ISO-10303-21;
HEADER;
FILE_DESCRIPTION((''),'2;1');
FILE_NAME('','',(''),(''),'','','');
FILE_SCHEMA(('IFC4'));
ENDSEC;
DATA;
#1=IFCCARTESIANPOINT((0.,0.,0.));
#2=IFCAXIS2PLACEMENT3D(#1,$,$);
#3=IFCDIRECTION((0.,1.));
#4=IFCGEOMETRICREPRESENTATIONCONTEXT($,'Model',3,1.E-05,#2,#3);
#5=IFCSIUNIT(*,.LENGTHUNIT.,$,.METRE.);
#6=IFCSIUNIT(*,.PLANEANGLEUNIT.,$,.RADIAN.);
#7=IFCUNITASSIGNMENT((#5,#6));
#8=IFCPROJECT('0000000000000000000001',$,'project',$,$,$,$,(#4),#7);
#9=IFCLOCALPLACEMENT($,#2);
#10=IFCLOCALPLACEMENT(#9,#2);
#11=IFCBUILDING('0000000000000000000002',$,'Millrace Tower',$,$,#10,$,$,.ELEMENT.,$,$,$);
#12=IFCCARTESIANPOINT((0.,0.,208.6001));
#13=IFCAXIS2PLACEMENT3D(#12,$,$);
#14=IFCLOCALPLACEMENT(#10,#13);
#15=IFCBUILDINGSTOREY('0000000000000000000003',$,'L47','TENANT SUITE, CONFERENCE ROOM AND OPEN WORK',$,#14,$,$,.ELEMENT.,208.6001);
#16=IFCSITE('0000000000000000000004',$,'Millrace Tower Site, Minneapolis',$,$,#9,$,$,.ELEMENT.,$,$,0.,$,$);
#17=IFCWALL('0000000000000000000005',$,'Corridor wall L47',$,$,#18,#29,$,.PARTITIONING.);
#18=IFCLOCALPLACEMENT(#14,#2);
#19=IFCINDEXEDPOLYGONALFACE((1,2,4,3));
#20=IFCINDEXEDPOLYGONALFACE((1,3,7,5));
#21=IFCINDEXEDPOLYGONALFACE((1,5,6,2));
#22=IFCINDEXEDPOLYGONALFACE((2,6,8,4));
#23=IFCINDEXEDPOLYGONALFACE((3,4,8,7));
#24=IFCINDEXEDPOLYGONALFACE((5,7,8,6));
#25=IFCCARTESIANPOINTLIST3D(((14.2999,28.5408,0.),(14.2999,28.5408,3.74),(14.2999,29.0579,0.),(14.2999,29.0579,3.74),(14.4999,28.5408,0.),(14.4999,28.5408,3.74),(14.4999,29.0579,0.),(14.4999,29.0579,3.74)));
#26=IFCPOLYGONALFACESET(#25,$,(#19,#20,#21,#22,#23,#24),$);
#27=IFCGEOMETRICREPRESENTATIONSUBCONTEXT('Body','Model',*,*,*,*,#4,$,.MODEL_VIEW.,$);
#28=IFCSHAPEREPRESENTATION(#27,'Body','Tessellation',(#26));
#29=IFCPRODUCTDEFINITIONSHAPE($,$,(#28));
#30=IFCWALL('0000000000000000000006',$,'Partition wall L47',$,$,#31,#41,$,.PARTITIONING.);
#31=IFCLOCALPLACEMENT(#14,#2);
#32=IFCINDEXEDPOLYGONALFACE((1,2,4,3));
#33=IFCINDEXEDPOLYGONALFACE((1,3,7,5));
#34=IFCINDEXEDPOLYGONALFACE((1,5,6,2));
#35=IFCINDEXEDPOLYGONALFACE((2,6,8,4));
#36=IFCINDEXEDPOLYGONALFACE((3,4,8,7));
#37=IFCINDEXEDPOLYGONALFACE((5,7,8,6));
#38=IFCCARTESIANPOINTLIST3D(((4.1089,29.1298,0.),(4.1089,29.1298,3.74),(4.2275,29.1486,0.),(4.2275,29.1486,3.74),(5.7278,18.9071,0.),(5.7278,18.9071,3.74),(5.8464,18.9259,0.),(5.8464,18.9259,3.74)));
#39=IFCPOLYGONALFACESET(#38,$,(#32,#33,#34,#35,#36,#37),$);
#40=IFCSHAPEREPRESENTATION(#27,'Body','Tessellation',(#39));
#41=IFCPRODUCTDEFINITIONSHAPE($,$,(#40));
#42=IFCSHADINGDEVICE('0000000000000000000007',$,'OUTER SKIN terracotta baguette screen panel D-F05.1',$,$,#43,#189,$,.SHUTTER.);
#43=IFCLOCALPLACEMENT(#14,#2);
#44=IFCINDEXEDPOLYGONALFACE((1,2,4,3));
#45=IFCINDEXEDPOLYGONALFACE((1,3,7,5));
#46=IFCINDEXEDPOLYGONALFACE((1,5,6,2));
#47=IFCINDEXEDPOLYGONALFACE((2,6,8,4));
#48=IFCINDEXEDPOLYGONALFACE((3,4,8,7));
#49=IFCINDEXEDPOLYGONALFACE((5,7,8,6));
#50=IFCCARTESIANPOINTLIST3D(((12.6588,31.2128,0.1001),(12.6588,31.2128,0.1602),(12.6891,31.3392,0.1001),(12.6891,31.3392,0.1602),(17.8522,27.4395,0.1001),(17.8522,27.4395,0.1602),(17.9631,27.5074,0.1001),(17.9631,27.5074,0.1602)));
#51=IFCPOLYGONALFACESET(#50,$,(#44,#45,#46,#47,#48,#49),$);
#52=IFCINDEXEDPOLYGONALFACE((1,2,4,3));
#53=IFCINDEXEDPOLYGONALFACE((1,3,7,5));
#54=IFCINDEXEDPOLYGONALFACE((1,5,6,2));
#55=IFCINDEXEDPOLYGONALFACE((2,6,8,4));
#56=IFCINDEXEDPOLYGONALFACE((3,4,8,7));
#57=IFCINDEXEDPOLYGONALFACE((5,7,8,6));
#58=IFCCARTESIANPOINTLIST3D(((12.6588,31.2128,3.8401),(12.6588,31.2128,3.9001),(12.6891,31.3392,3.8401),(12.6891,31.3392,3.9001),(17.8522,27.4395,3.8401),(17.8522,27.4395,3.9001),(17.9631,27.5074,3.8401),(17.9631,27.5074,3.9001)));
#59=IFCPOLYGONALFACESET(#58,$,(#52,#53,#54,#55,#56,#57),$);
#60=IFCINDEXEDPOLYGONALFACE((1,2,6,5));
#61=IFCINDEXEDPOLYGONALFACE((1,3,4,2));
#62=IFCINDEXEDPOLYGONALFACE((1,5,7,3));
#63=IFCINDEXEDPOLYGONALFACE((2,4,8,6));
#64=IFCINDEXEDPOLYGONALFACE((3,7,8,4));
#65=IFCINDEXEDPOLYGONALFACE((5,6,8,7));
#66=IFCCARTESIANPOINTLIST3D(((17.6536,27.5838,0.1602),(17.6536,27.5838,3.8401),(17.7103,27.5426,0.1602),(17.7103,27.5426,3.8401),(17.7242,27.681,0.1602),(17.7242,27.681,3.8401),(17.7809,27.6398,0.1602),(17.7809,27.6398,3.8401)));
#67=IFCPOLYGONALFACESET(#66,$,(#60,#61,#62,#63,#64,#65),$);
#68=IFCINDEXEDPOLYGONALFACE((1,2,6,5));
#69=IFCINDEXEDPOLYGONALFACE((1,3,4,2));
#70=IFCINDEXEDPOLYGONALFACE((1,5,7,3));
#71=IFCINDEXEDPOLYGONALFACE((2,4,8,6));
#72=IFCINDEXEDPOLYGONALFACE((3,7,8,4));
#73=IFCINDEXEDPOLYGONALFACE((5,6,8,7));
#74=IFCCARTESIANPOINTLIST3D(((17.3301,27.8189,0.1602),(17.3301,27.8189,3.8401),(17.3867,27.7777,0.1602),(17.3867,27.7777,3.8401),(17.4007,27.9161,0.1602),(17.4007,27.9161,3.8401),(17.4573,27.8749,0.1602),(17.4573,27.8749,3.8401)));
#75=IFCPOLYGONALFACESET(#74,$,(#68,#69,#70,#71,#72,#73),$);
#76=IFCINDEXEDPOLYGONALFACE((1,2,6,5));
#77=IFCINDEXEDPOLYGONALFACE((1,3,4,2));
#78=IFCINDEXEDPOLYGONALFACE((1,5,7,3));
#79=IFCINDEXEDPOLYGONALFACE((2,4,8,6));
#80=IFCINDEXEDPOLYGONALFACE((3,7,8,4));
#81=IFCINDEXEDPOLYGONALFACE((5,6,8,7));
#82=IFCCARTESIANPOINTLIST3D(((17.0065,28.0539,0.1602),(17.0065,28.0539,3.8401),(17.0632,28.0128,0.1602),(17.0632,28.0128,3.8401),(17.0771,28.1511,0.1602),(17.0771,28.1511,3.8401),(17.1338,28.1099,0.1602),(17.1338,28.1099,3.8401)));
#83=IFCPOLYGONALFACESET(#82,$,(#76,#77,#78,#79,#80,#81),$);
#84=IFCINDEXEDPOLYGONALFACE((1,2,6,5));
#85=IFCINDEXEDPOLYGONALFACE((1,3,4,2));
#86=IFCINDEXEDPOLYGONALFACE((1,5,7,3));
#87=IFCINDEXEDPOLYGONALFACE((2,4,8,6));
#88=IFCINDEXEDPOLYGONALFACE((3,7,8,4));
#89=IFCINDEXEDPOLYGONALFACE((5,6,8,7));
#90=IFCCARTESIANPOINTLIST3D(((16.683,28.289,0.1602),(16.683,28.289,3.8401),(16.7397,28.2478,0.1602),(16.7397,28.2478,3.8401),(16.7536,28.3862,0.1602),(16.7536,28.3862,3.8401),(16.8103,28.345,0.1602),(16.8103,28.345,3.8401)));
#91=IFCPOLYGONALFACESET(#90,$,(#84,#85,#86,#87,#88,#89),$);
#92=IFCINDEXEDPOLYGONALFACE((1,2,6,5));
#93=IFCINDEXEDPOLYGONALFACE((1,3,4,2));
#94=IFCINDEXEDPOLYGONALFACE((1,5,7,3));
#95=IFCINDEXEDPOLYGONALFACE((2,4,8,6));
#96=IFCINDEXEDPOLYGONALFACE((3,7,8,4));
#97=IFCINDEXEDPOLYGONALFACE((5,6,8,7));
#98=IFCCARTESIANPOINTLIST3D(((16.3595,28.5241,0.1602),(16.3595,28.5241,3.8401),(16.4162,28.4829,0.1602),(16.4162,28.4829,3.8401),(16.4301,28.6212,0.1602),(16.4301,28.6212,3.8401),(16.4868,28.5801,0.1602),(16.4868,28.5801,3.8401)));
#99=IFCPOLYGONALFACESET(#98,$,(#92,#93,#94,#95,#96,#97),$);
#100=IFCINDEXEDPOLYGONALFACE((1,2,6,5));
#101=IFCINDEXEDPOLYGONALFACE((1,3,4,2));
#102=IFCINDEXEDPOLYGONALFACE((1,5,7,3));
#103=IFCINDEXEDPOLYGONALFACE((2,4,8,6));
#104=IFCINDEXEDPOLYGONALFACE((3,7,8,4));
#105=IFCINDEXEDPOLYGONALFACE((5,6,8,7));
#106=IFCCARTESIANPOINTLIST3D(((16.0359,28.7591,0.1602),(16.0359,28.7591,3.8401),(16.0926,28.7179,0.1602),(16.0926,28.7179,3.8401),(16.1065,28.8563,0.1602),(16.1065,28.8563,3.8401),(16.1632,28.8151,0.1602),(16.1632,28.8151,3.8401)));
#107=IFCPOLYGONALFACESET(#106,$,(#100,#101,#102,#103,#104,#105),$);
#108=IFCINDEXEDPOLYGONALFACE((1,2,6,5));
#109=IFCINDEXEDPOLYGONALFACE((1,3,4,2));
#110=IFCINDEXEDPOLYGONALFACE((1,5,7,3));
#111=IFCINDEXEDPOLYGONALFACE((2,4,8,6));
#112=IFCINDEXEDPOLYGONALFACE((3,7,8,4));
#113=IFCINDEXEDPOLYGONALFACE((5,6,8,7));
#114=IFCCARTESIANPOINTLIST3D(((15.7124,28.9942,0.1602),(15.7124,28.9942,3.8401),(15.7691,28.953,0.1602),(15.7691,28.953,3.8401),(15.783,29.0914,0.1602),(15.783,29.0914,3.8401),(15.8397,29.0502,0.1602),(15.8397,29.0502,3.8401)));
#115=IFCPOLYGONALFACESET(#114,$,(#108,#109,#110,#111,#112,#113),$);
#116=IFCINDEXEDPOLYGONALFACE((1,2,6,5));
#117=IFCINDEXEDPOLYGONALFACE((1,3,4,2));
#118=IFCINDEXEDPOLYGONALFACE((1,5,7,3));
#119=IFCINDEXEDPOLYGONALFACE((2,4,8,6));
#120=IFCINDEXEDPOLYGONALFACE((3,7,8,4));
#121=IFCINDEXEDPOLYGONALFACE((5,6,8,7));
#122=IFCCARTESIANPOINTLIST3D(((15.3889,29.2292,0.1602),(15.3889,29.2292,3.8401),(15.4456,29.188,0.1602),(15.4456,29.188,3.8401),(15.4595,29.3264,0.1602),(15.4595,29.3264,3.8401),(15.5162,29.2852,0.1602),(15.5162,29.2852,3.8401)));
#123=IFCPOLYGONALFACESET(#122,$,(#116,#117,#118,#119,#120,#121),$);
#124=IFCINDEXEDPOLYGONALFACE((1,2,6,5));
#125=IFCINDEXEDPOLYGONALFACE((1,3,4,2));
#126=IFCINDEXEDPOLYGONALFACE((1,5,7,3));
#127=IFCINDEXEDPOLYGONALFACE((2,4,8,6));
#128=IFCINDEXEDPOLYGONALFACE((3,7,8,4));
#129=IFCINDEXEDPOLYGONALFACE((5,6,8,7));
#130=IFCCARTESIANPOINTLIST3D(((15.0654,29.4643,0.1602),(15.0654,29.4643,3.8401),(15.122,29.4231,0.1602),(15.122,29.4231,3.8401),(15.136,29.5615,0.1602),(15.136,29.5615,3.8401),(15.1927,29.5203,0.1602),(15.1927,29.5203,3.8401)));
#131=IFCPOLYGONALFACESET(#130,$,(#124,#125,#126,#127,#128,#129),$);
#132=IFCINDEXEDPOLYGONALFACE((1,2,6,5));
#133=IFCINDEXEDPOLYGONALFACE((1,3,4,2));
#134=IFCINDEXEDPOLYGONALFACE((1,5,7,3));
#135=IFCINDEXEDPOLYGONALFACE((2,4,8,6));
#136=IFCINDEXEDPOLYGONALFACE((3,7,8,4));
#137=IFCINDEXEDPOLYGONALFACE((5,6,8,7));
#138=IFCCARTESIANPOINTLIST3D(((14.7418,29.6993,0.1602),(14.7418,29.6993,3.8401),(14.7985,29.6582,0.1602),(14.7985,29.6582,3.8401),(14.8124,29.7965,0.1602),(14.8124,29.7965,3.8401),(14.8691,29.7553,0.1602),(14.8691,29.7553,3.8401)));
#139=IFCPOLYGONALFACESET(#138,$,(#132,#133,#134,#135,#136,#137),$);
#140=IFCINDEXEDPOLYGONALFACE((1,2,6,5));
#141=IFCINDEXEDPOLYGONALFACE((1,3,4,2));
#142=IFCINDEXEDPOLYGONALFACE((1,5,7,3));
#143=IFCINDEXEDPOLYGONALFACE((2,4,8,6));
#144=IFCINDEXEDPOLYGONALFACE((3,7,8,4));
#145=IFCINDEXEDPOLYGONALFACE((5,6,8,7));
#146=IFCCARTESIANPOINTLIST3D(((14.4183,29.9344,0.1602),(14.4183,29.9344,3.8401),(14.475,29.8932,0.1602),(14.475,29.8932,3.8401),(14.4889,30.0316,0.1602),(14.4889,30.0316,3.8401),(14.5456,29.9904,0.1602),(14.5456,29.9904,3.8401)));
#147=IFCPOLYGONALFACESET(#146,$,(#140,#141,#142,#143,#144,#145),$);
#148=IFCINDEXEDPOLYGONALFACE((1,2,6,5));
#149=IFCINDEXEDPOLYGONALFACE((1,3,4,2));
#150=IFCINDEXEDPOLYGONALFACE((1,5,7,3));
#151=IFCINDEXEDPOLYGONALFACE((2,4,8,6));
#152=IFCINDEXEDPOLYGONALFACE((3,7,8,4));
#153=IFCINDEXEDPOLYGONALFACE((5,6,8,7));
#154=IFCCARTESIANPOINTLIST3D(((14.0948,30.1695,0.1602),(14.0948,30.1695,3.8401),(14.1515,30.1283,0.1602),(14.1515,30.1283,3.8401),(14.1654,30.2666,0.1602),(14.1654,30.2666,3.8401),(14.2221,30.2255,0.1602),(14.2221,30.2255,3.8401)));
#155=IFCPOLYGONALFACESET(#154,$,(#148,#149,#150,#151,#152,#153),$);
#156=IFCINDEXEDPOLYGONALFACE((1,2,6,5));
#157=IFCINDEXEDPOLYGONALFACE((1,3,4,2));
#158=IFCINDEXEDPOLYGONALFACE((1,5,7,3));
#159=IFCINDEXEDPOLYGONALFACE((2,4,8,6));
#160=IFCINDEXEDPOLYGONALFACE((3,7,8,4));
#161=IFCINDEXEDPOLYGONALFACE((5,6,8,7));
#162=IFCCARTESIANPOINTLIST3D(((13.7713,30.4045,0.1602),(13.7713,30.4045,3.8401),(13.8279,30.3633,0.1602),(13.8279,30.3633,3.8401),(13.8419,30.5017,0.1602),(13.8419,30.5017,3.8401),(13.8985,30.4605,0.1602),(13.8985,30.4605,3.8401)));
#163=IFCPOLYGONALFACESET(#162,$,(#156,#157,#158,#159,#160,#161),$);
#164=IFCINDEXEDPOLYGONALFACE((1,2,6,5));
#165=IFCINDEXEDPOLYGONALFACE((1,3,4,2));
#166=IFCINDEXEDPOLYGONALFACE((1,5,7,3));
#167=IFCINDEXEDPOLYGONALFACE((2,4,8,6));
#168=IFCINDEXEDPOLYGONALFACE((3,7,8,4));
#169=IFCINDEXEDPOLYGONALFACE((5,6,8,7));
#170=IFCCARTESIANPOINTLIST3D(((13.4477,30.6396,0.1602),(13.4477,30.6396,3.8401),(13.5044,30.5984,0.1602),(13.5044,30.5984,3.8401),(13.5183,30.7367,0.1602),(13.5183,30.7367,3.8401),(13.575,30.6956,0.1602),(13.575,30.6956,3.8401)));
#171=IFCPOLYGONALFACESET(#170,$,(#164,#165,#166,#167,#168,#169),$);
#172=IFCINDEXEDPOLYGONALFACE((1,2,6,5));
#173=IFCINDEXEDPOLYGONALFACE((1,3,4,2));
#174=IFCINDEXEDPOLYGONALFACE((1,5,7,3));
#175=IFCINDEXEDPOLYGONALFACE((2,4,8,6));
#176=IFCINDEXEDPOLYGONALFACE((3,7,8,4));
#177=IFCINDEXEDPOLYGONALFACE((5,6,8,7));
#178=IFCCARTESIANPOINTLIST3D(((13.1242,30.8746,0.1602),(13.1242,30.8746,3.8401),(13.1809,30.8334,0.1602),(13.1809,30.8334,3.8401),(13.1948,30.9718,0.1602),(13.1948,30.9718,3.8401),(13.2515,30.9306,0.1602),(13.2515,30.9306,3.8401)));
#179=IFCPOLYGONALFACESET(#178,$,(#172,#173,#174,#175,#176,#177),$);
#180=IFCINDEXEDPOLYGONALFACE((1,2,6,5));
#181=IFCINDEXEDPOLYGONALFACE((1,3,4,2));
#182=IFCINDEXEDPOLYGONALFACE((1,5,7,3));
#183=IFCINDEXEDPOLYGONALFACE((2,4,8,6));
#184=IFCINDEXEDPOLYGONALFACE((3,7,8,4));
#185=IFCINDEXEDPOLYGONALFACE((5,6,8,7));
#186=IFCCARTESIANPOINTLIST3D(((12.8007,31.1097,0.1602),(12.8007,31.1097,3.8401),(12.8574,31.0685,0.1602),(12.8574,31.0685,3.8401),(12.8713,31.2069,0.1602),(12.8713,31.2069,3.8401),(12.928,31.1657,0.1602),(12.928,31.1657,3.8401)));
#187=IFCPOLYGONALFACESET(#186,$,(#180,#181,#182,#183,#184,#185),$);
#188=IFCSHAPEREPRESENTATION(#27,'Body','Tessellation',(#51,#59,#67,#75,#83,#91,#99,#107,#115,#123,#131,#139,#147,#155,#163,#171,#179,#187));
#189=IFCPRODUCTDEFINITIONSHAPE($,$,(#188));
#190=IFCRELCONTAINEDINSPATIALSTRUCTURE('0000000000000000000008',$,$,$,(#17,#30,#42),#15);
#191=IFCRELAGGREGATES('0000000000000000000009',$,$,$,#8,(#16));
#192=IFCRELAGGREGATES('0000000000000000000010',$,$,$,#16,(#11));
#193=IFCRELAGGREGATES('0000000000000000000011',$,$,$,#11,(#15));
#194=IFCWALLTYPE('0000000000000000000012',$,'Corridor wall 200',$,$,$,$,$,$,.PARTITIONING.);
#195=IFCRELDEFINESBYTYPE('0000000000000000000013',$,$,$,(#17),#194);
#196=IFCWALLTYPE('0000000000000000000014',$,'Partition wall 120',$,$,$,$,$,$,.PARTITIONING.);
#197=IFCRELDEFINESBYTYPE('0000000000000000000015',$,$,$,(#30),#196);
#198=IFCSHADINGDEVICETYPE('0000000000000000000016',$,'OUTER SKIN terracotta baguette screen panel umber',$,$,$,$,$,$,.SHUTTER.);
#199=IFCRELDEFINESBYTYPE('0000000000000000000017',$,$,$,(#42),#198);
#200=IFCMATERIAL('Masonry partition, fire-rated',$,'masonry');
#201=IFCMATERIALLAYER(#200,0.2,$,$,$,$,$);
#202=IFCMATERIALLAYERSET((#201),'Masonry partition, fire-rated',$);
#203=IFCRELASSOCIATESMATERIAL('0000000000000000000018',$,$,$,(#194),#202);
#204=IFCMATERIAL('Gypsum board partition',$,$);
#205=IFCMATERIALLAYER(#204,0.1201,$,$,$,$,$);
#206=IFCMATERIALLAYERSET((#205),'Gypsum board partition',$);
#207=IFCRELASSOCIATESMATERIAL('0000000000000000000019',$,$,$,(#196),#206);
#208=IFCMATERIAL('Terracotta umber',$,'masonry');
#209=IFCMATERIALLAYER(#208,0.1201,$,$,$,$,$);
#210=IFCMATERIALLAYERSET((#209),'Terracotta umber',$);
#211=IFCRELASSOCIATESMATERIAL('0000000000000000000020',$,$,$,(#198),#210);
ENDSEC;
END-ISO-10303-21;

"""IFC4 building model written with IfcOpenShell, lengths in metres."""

from ifc_helpers import new_model, entity, si_unit, direction, frame, frame_2d, origin, place, context, subcontext, project, spatial, rectangle, extrude, source, transform, mapped, material, layer, layer_set, type_object, element, save


model = new_model("IFC4")

# Units and contexts
model_context = context("Model", 3, precision=1e-05, world=origin(), true_north=direction((0.0, 1.0)))
body_context = subcontext(model_context, "Body", "Model", "MODEL_VIEW")
ifc_project = project(units=[si_unit("LENGTHUNIT", "METRE"), si_unit("PLANEANGLEUNIT", "RADIAN")], contexts=[model_context])

# Site, building, storey
site_placement = place(None, origin())
site = spatial("IfcSite", under=ifc_project, at=site_placement, Name="Millrace Tower Site, Minneapolis", CompositionType="ELEMENT", RefElevation=0.0)
building_placement = place(site_placement, origin())
building = spatial("IfcBuilding", under=site, at=building_placement, Name="Millrace Tower", CompositionType="ELEMENT")
storey_placement = place(building_placement, frame((0.0, 0.0, 208.6001)))
storey = spatial("IfcBuildingStorey", under=building, at=storey_placement, Name="L47", Description="TENANT SUITE, CONFERENCE ROOM AND OPEN WORK", CompositionType="ELEMENT", Elevation=208.6001)

# Walls
ifc_material_1 = material(Name="Masonry partition, fire-rated", Category="masonry")
ifc_layer_1 = layer(ifc_material_1, 0.2)
ifc_layer_set_1 = layer_set([ifc_layer_1], Name="Masonry partition, fire-rated")
wall_type_1 = type_object("IfcWallType", Name="Corridor wall 200", PredefinedType="PARTITIONING", material=ifc_layer_set_1)
wall_1_placement = place(storey_placement, frame((14.3999, 28.5408, 0.0), z_axis=(0.0, 0.0, 1.0), x_axis=(0.0, 1.0, 0.0)))
element("IfcWall", 1, at=wall_1_placement, inside=storey, type_object=wall_type_1, Name="Corridor wall L47", PredefinedType="PARTITIONING", context=body_context, shape_type="SweptSolid", body=[
    extrude(rectangle(XDim=0.5171, YDim=0.2, at=frame_2d((0.2585, 0.0))), origin(), (0.0, 0.0, 1.0), 3.74),
])
ifc_material_2 = material(Name="Gypsum board partition")
ifc_layer_2 = layer(ifc_material_2, 0.1201)
ifc_layer_set_2 = layer_set([ifc_layer_2], Name="Gypsum board partition")
wall_type_2 = type_object("IfcWallType", Name="Partition wall 120", PredefinedType="PARTITIONING", material=ifc_layer_set_2)
wall_2_placement = place(storey_placement, frame((4.1682, 29.1392, 0.0), z_axis=(0.0, 0.0, 1.0), x_axis=(0.156414, -0.987692, 0.0)))
element("IfcWall", 2, at=wall_2_placement, inside=storey, type_object=wall_type_2, Name="Partition wall L47", PredefinedType="PARTITIONING", context=body_context, shape_type="SweptSolid", body=[
    extrude(rectangle(XDim=10.3501, YDim=0.1201, at=frame_2d((5.175, 0.0))), origin(), (0.0, 0.0, 1.0), 3.74),
])

# Shading device
ifc_material_3 = material(Name="Terracotta umber", Category="masonry")
ifc_layer_3 = layer(ifc_material_3, 0.1201)
ifc_layer_set_3 = layer_set([ifc_layer_3], Name="Terracotta umber")
shading_device_type = type_object("IfcShadingDeviceType", Name="OUTER SKIN terracotta baguette screen panel umber", PredefinedType="SHUTTER", material=ifc_layer_set_3)
cartesian_point_1 = entity("IfcCartesianPoint", [-3.2097, 0.0601])
shared_polyline_1 = entity("IfcPolyline", [cartesian_point_1, entity("IfcCartesianPoint", [3.2097, 0.0601]), entity("IfcCartesianPoint", [3.2595, -0.0601]), entity("IfcCartesianPoint", [-3.2595, -0.0601]), cartesian_point_1])
shared_shape_1 = source(origin(), body_context, "Body", "SweptSolid", [
    entity("IfcExtrudedAreaSolid", entity("IfcArbitraryClosedProfileDef", "AREA", None, shared_polyline_1), entity("IfcAxis2Placement3D", entity("IfcCartesianPoint", [0.0, 0.0, 0.0])), entity("IfcDirection", [0.0, 0.0, 1.0]), 0.0601),
    entity("IfcExtrudedAreaSolid", entity("IfcArbitraryClosedProfileDef", "AREA", None, shared_polyline_1), entity("IfcAxis2Placement3D", entity("IfcCartesianPoint", [0.0, 0.0, 3.74])), entity("IfcDirection", [0.0, 0.0, 1.0]), 0.0601),
    extrude(rectangle(XDim=0.0701, YDim=0.1201, at=frame_2d((-2.9993, 0.0))), frame((0.0, 0.0, 0.0601)), (0.0, 0.0, 1.0), 3.6799),
    extrude(rectangle(XDim=0.0701, YDim=0.1201, at=frame_2d((-2.5994, 0.0))), frame((0.0, 0.0, 0.0601)), (0.0, 0.0, 1.0), 3.6799),
    extrude(rectangle(XDim=0.0701, YDim=0.1201, at=frame_2d((-2.1995, 0.0))), frame((0.0, 0.0, 0.0601)), (0.0, 0.0, 1.0), 3.6799),
    extrude(rectangle(XDim=0.0701, YDim=0.1201, at=frame_2d((-1.7996, 0.0))), frame((0.0, 0.0, 0.0601)), (0.0, 0.0, 1.0), 3.6799),
    extrude(rectangle(XDim=0.0701, YDim=0.1201, at=frame_2d((-1.3997, 0.0))), frame((0.0, 0.0, 0.0601)), (0.0, 0.0, 1.0), 3.6799),
    extrude(rectangle(XDim=0.0701, YDim=0.1201, at=frame_2d((-0.9998, 0.0))), frame((0.0, 0.0, 0.0601)), (0.0, 0.0, 1.0), 3.6799),
    extrude(rectangle(XDim=0.0701, YDim=0.1201, at=frame_2d((-0.5999, 0.0))), frame((0.0, 0.0, 0.0601)), (0.0, 0.0, 1.0), 3.6799),
    extrude(rectangle(XDim=0.0701, YDim=0.1201, at=frame_2d((-0.2, 0.0))), frame((0.0, 0.0, 0.0601)), (0.0, 0.0, 1.0), 3.6799),
    extrude(rectangle(XDim=0.0701, YDim=0.1201, at=frame_2d((0.2, 0.0))), frame((0.0, 0.0, 0.0601)), (0.0, 0.0, 1.0), 3.6799),
    extrude(rectangle(XDim=0.0701, YDim=0.1201, at=frame_2d((0.5999, 0.0))), frame((0.0, 0.0, 0.0601)), (0.0, 0.0, 1.0), 3.6799),
    extrude(rectangle(XDim=0.0701, YDim=0.1201, at=frame_2d((0.9998, 0.0))), frame((0.0, 0.0, 0.0601)), (0.0, 0.0, 1.0), 3.6799),
    extrude(rectangle(XDim=0.0701, YDim=0.1201, at=frame_2d((1.3997, 0.0))), frame((0.0, 0.0, 0.0601)), (0.0, 0.0, 1.0), 3.6799),
    extrude(rectangle(XDim=0.0701, YDim=0.1201, at=frame_2d((1.7996, 0.0))), frame((0.0, 0.0, 0.0601)), (0.0, 0.0, 1.0), 3.6799),
    extrude(rectangle(XDim=0.0701, YDim=0.1201, at=frame_2d((2.1995, 0.0))), frame((0.0, 0.0, 0.0601)), (0.0, 0.0, 1.0), 3.6799),
    extrude(rectangle(XDim=0.0701, YDim=0.1201, at=frame_2d((2.5994, 0.0))), frame((0.0, 0.0, 0.0601)), (0.0, 0.0, 1.0), 3.6799),
    extrude(rectangle(XDim=0.0701, YDim=0.1201, at=frame_2d((2.9993, 0.0))), frame((0.0, 0.0, 0.0601)), (0.0, 0.0, 1.0), 3.6799),
])
shading_device_1_placement = place(storey_placement, frame((15.2908, 29.3748, 0.1001), z_axis=(0.0, 0.0, 1.0), x_axis=(-0.809017, 0.587785, 0.0)))
element("IfcShadingDevice", 3, at=shading_device_1_placement, inside=storey, type_object=shading_device_type, Name="OUTER SKIN terracotta baguette screen panel D-F05.1", PredefinedType="SHUTTER", context=body_context, shape_type="MappedRepresentation", body=[
    mapped(shared_shape_1, transform((0.0, 0.0, 0.0), scale=1.0)),
])

save(model, "model.ifc")
